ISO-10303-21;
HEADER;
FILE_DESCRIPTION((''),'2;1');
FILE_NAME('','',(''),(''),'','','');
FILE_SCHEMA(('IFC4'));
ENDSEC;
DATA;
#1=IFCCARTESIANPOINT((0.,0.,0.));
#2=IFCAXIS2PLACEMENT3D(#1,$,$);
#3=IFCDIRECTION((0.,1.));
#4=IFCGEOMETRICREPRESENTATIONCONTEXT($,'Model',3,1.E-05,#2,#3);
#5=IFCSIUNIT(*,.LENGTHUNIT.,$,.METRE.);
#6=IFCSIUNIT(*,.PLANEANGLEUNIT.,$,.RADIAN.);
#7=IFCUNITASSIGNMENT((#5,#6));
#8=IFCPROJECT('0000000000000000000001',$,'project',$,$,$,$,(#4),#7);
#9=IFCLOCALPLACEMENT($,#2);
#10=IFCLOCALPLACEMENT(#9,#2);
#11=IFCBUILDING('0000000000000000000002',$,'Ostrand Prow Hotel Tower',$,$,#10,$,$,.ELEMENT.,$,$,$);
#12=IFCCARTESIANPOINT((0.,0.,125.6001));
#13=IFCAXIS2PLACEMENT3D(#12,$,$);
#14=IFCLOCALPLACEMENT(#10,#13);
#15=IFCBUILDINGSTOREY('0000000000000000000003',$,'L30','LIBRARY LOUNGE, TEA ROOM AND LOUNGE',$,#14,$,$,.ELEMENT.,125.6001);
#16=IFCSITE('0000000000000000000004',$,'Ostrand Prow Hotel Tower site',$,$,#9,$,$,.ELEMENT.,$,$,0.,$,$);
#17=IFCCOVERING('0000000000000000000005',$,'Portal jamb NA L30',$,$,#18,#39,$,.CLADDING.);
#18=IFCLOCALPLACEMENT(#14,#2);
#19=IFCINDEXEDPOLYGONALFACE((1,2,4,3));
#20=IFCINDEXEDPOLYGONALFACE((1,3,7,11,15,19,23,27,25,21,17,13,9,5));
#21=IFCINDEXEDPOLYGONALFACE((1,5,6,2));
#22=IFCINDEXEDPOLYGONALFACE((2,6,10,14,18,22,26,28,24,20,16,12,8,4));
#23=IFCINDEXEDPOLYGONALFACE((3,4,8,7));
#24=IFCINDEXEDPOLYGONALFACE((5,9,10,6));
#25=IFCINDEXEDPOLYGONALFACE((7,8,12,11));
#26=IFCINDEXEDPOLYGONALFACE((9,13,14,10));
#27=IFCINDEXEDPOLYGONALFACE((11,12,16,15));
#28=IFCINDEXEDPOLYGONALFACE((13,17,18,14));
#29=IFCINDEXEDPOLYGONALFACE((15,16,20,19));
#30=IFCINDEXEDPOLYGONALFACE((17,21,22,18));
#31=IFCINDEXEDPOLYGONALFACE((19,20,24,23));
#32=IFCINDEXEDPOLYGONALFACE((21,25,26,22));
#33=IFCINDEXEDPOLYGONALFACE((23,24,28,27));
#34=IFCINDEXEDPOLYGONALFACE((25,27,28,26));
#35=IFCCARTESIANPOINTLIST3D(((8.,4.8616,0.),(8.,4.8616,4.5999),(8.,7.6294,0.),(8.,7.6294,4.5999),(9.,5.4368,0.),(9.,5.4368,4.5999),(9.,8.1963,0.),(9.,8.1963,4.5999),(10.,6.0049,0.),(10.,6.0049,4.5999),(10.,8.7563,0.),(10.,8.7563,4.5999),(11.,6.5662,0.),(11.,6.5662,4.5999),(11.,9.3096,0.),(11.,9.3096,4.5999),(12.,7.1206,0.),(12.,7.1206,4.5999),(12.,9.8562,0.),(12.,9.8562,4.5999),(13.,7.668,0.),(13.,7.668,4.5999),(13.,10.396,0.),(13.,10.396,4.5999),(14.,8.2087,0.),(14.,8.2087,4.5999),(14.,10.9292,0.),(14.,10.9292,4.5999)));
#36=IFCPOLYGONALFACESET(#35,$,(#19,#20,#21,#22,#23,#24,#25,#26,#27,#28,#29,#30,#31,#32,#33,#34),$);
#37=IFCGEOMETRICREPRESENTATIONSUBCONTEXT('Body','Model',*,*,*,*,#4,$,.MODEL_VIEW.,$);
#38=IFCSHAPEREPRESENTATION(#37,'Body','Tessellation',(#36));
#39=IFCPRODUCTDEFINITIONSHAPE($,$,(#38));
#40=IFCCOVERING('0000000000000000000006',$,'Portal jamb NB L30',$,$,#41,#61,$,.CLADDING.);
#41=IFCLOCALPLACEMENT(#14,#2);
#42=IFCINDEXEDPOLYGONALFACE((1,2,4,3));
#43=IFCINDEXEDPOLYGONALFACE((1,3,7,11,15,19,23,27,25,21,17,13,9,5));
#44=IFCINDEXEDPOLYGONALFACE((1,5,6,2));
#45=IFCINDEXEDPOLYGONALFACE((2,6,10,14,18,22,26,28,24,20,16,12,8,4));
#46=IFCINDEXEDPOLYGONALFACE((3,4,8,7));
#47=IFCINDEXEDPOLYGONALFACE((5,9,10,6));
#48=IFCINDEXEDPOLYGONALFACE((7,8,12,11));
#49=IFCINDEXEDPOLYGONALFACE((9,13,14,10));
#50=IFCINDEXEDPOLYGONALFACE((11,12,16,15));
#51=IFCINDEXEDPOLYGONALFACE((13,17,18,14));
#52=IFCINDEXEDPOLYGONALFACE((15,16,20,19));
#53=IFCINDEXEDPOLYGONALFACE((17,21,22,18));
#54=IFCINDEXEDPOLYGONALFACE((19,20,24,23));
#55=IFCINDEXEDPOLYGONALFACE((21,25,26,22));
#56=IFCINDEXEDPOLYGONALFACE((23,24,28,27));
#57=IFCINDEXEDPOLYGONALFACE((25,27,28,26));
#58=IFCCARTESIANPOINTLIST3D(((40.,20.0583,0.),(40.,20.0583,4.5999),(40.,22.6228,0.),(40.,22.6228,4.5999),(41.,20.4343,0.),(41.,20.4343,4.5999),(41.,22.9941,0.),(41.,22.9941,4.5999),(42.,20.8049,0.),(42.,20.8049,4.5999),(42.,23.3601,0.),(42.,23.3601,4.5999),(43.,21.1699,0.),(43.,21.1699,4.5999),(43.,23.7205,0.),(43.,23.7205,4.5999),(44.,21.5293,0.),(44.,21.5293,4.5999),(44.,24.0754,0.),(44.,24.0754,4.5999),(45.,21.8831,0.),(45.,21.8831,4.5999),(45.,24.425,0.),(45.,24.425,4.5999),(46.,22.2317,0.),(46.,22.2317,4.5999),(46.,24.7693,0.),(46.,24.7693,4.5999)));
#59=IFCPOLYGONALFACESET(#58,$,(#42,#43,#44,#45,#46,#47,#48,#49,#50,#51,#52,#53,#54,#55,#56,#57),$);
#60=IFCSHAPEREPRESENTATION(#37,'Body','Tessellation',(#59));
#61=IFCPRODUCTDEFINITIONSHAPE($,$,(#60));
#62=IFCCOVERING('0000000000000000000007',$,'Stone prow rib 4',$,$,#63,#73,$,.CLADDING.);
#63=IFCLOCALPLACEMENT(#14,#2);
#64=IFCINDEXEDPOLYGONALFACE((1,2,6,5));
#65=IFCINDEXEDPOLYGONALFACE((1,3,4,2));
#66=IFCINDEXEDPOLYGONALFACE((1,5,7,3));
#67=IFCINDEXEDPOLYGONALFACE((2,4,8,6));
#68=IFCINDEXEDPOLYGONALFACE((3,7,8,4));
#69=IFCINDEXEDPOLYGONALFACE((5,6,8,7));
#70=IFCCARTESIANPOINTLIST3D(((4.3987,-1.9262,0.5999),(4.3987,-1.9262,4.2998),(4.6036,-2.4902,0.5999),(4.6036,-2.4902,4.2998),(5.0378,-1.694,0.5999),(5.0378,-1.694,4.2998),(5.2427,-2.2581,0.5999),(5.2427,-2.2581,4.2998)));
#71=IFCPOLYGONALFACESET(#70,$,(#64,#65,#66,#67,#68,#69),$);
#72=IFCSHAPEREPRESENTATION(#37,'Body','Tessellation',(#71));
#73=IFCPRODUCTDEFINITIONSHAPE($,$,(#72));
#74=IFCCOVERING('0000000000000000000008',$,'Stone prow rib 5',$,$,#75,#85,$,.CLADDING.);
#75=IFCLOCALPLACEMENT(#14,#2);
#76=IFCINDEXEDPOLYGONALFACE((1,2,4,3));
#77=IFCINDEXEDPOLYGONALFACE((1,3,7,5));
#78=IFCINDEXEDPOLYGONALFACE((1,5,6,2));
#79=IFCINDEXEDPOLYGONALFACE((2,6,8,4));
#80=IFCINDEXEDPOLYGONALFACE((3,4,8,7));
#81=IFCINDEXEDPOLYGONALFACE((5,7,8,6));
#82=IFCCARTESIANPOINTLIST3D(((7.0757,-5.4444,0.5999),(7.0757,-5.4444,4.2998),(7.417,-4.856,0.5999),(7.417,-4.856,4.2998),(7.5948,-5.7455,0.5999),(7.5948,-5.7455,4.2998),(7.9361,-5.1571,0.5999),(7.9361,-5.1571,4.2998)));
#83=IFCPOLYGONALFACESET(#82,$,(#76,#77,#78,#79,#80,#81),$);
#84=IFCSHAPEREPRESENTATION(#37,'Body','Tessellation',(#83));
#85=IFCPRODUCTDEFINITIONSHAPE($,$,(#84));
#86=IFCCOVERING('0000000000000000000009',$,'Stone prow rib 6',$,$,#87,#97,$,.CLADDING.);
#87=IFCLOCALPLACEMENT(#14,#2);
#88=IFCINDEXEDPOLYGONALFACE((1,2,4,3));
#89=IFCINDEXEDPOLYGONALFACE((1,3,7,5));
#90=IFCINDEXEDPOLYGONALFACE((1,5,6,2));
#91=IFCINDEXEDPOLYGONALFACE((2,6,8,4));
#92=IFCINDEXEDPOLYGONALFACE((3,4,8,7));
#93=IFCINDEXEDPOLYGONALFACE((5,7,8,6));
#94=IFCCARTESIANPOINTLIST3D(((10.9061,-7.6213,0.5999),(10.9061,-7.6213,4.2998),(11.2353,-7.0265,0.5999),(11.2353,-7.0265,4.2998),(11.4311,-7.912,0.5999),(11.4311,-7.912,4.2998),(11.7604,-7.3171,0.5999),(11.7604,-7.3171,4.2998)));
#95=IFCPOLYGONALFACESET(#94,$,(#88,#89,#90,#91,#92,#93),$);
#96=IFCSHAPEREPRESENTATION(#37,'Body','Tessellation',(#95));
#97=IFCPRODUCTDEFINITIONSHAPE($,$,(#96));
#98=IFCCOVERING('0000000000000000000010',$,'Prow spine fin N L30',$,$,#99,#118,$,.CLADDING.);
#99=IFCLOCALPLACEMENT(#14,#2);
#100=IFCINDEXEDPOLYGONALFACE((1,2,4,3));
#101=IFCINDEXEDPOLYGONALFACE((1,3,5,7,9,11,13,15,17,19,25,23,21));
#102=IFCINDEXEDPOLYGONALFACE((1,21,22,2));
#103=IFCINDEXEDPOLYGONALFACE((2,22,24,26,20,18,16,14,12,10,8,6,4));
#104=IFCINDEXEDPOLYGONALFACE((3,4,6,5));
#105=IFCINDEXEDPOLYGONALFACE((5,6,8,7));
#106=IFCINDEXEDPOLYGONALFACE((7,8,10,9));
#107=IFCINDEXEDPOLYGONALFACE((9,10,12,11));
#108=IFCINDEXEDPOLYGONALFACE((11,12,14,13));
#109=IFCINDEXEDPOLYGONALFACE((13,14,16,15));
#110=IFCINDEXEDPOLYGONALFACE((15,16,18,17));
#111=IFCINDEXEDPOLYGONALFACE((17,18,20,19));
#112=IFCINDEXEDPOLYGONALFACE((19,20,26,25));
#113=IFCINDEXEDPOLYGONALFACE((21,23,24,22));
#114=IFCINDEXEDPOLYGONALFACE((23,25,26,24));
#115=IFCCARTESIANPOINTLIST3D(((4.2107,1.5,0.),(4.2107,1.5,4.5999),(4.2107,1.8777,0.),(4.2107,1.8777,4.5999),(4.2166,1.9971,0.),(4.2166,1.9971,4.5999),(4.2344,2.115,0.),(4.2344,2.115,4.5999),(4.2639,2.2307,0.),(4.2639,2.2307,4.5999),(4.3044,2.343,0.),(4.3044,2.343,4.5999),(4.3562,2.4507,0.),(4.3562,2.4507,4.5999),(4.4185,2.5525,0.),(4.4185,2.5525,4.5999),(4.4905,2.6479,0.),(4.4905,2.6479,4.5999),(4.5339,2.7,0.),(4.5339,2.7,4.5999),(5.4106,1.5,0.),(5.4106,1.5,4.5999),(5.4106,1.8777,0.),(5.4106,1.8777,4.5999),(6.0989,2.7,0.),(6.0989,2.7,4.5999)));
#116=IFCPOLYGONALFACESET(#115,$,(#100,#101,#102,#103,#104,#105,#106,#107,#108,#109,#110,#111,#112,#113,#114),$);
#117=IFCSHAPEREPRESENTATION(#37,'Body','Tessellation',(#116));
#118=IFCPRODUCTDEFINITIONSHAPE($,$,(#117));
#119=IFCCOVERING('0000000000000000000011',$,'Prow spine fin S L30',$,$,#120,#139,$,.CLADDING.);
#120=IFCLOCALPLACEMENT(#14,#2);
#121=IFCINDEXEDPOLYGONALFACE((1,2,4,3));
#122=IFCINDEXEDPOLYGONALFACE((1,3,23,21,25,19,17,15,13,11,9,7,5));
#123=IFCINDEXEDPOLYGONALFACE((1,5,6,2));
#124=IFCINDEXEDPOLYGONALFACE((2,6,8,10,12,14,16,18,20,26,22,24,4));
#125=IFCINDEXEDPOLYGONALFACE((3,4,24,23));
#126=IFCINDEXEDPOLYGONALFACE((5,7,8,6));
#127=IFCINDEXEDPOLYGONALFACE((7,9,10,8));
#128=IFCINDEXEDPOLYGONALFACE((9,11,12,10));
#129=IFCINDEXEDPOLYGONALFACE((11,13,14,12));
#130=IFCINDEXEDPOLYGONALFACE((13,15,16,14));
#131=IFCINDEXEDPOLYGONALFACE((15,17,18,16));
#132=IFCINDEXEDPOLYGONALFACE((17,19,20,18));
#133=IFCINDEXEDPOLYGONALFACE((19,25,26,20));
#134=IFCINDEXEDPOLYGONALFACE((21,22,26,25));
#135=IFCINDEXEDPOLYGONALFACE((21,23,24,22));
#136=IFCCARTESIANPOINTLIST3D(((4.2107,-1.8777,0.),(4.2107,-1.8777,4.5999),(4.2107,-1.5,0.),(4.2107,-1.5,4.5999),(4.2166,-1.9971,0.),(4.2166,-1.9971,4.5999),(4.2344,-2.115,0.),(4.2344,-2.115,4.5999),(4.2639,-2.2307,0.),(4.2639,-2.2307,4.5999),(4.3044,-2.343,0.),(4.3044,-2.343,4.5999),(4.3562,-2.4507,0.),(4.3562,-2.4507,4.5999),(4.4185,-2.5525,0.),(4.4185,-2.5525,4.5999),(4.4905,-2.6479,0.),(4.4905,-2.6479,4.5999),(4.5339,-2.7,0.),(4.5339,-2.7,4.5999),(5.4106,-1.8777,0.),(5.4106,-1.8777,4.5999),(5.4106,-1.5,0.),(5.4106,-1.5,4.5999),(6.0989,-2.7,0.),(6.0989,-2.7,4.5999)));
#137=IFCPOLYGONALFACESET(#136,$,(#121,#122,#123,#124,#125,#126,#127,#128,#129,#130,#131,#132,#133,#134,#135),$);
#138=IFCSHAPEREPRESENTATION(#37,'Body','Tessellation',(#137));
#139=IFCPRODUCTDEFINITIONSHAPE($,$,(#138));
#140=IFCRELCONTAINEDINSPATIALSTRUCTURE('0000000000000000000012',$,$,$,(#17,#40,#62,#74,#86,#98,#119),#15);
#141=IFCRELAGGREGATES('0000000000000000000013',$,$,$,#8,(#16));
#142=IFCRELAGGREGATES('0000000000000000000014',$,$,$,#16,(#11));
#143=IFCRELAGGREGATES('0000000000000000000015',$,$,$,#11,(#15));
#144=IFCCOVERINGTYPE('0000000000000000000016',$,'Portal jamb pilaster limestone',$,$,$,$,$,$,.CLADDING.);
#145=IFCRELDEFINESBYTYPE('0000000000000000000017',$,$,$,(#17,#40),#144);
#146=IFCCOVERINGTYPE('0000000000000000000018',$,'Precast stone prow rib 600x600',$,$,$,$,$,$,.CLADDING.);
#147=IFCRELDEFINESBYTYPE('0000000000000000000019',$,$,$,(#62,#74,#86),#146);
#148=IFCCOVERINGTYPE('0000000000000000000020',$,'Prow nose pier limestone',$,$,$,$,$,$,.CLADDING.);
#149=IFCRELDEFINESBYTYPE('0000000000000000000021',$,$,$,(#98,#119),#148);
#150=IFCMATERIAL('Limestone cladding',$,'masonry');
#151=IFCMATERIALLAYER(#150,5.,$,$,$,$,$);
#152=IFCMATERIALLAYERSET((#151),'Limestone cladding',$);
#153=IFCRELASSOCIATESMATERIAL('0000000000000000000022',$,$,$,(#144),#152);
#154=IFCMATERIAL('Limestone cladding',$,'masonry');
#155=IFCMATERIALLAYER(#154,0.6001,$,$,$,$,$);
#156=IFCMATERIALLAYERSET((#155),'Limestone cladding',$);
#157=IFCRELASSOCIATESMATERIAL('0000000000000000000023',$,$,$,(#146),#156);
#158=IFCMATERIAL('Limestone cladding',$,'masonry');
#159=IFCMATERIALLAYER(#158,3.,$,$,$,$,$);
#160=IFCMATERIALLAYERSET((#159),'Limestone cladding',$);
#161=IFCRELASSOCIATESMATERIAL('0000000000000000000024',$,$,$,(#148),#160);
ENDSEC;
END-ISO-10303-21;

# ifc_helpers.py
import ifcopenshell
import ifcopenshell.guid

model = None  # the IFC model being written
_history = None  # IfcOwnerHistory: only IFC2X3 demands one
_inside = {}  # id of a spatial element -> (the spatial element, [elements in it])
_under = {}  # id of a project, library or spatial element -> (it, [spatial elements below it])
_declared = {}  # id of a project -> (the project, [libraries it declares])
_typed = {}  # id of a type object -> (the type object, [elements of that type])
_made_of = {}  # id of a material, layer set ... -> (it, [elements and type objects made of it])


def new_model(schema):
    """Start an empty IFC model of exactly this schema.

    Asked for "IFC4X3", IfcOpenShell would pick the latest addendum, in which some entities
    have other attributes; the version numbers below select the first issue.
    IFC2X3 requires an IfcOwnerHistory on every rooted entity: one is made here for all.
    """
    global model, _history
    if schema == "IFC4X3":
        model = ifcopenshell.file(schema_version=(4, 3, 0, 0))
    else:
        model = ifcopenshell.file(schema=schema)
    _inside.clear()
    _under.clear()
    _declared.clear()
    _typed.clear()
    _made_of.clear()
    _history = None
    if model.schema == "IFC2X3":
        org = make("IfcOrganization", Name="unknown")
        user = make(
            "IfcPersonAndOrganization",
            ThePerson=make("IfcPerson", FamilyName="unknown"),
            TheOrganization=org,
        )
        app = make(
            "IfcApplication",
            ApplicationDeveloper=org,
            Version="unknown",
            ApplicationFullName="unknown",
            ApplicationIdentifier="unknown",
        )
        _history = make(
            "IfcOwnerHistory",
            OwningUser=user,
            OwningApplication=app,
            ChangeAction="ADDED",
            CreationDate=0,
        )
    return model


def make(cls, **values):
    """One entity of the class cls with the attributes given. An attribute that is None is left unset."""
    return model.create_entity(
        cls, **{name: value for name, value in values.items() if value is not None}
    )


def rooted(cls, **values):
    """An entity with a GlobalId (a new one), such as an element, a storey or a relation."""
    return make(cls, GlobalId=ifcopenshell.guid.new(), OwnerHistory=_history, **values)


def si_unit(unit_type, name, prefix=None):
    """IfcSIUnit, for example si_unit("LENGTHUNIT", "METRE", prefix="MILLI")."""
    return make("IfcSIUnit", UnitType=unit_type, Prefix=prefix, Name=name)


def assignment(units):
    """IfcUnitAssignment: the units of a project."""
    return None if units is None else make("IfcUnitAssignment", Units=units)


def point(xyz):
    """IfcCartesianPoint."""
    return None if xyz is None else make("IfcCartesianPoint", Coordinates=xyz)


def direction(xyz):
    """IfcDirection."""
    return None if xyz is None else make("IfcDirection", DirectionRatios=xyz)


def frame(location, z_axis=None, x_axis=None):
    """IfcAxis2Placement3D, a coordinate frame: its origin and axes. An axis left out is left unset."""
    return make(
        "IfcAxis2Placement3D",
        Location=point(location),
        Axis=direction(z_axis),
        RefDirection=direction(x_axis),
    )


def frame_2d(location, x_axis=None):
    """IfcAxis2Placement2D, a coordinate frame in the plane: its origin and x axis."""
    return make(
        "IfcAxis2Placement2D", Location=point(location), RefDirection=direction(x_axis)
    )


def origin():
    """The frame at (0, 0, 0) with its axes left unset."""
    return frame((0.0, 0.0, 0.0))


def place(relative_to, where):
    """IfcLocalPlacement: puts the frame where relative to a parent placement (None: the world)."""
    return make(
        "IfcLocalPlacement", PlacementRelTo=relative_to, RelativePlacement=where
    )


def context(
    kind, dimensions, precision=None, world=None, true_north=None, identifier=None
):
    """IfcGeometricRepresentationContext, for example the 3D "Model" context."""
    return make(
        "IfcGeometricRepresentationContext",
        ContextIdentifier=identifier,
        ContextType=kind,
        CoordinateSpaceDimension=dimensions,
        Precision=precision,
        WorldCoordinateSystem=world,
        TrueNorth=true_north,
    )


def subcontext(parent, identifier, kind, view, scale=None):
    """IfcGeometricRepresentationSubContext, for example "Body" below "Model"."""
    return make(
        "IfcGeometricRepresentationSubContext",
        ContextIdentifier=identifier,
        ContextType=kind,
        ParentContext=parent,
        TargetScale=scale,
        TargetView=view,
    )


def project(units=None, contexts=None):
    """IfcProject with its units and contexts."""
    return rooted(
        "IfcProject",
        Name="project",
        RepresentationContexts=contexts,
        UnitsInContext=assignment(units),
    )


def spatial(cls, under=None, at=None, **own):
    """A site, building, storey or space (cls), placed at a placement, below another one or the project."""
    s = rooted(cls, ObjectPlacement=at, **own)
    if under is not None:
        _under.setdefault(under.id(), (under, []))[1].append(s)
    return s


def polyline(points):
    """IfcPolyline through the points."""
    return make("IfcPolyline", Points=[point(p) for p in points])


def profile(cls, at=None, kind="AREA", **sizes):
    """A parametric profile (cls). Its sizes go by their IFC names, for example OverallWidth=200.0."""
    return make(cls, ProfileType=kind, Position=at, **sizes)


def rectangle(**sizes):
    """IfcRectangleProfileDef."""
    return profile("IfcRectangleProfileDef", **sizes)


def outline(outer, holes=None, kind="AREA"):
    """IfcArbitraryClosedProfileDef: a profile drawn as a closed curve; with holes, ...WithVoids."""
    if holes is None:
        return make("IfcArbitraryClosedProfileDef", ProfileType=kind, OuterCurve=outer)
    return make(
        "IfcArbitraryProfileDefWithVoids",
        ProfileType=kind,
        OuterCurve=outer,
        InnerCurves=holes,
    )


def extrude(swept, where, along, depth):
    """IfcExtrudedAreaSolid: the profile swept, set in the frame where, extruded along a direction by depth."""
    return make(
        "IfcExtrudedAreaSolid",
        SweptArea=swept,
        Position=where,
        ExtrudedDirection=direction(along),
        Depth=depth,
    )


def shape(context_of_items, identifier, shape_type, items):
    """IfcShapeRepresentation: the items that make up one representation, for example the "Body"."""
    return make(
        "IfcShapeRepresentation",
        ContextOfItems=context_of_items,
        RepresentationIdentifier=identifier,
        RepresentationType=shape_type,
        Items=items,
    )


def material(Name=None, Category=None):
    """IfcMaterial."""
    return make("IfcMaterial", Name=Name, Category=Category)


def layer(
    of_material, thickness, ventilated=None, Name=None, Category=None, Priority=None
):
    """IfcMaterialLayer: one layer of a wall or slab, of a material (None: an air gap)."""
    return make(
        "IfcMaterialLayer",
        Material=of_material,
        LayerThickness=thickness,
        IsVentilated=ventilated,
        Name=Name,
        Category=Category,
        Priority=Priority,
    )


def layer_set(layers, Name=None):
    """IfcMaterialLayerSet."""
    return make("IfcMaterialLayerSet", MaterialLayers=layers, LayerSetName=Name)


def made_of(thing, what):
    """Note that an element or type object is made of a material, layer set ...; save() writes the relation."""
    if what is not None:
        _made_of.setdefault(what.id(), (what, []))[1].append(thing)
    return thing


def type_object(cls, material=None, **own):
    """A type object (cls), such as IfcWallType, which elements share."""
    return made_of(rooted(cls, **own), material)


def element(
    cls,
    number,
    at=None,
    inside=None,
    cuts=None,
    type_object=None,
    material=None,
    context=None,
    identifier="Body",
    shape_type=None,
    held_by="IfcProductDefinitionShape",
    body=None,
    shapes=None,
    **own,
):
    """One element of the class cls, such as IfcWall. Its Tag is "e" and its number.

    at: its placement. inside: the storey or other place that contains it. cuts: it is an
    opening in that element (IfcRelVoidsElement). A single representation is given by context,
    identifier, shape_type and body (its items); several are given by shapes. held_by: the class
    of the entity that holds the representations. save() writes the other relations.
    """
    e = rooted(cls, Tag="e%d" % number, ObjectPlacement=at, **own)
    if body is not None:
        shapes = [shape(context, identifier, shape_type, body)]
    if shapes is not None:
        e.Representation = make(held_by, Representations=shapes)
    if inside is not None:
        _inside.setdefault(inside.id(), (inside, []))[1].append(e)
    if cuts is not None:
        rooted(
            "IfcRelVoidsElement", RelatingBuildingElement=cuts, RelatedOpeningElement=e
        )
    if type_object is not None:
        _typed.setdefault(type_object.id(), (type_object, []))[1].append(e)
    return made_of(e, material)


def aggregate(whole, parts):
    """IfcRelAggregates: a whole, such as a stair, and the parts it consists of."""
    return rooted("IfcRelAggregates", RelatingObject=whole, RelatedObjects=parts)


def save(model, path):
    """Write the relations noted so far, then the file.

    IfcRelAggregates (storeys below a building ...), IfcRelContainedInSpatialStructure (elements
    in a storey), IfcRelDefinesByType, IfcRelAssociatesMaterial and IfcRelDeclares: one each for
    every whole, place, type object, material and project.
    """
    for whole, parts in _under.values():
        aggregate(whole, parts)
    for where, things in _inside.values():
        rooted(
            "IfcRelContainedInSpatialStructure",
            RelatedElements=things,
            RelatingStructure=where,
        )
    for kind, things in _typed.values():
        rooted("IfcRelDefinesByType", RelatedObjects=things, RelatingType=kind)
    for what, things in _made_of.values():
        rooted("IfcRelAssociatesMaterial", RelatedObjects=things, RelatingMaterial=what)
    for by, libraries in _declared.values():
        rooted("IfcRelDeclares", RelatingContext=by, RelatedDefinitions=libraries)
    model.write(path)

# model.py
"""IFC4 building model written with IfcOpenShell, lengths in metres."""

from ifc_helpers import new_model, si_unit, direction, frame, frame_2d, origin, place, context, subcontext, project, spatial, polyline, rectangle, outline, extrude, material, layer, layer_set, type_object, element, save


model = new_model("IFC4")

# Units and contexts
model_context = context("Model", 3, precision=1e-05, world=origin(), true_north=direction((0.0, 1.0)))
body_context = subcontext(model_context, "Body", "Model", "MODEL_VIEW")
ifc_project = project(units=[si_unit("LENGTHUNIT", "METRE"), si_unit("PLANEANGLEUNIT", "RADIAN")], contexts=[model_context])

# Site, building, storey
site_placement = place(None, origin())
site = spatial("IfcSite", under=ifc_project, at=site_placement, Name="Ostrand Prow Hotel Tower site", CompositionType="ELEMENT", RefElevation=0.0)
building_placement = place(site_placement, origin())
building = spatial("IfcBuilding", under=site, at=building_placement, Name="Ostrand Prow Hotel Tower", CompositionType="ELEMENT")
storey_placement = place(building_placement, frame((0.0, 0.0, 125.6001)))
storey = spatial("IfcBuildingStorey", under=building, at=storey_placement, Name="L30", Description="LIBRARY LOUNGE, TEA ROOM AND LOUNGE", CompositionType="ELEMENT", Elevation=125.6001)

# Coverings
ifc_material_1 = material(Name="Limestone cladding", Category="masonry")
ifc_layer_1 = layer(ifc_material_1, 5.0)
ifc_layer_set_1 = layer_set([ifc_layer_1], Name="Limestone cladding")
covering_type_1 = type_object("IfcCoveringType", Name="Portal jamb pilaster limestone", PredefinedType="CLADDING", material=ifc_layer_set_1)
covering_1_placement = place(storey_placement, origin())
element("IfcCovering", 1, at=covering_1_placement, inside=storey, type_object=covering_type_1, Name="Portal jamb NA L30", PredefinedType="CLADDING", context=body_context, shape_type="SweptSolid", body=[
    extrude(outline(polyline([(8.0, 4.8616), (9.0, 5.4368), (10.0, 6.0049), (11.0, 6.5662), (12.0, 7.1206), (13.0, 7.668), (14.0, 8.2087), (14.0, 10.9292), (13.0, 10.396), (12.0, 9.8562), (11.0, 9.3096), (10.0, 8.7563), (9.0, 8.1963), (8.0, 7.6294), (8.0, 4.8616)])), origin(), (0.0, 0.0, 1.0), 4.5999),
])
covering_2_placement = place(storey_placement, origin())
element("IfcCovering", 2, at=covering_2_placement, inside=storey, type_object=covering_type_1, Name="Portal jamb NB L30", PredefinedType="CLADDING", context=body_context, shape_type="SweptSolid", body=[
    extrude(outline(polyline([(40.0, 20.0583), (41.0, 20.4343), (42.0, 20.8049), (43.0, 21.1699), (44.0, 21.5293), (45.0, 21.8831), (46.0, 22.2317), (46.0, 24.7693), (45.0, 24.425), (44.0, 24.0754), (43.0, 23.7205), (42.0, 23.3601), (41.0, 22.9941), (40.0, 22.6228), (40.0, 20.0583)])), origin(), (0.0, 0.0, 1.0), 4.5999),
])
ifc_material_2 = material(Name="Limestone cladding", Category="masonry")
ifc_layer_2 = layer(ifc_material_2, 0.6001)
ifc_layer_set_2 = layer_set([ifc_layer_2], Name="Limestone cladding")
covering_type_2 = type_object("IfcCoveringType", Name="Precast stone prow rib 600x600", PredefinedType="CLADDING", material=ifc_layer_set_2)
covering_3_placement = place(storey_placement, frame((5.1401, -1.9761, 0.5999), z_axis=(0.0, 0.0, 1.0), x_axis=(-0.939909, -0.341426, 0.0)))
element("IfcCovering", 3, at=covering_3_placement, inside=storey, type_object=covering_type_2, Name="Stone prow rib 4", PredefinedType="CLADDING", context=body_context, shape_type="SweptSolid", body=[
    extrude(rectangle(XDim=0.6799, YDim=0.6001, at=frame_2d((0.3398, 0.0))), origin(), (0.0, 0.0, 1.0), 3.7),
])
covering_4_placement = place(storey_placement, frame((7.6765, -5.0066, 0.5999), z_axis=(0.0, 0.0, 1.0), x_axis=(-0.501772, -0.865, 0.0)))
element("IfcCovering", 4, at=covering_4_placement, inside=storey, type_object=covering_type_2, Name="Stone prow rib 5", PredefinedType="CLADDING", context=body_context, shape_type="SweptSolid", body=[
    extrude(rectangle(XDim=0.6802, YDim=0.6001, at=frame_2d((0.3401, 0.0))), origin(), (0.0, 0.0, 1.0), 3.7),
])
covering_5_placement = place(storey_placement, frame((11.4978, -7.1719, 0.5999), z_axis=(0.0, 0.0, 1.0), x_axis=(-0.484301, -0.874901, 0.0)))
element("IfcCovering", 5, at=covering_5_placement, inside=storey, type_object=covering_type_2, Name="Stone prow rib 6", PredefinedType="CLADDING", context=body_context, shape_type="SweptSolid", body=[
    extrude(rectangle(XDim=0.6799, YDim=0.6001, at=frame_2d((0.3398, 0.0))), origin(), (0.0, 0.0, 1.0), 3.7),
])
ifc_material_3 = material(Name="Limestone cladding", Category="masonry")
ifc_layer_3 = layer(ifc_material_3, 3.0)
ifc_layer_set_3 = layer_set([ifc_layer_3], Name="Limestone cladding")
covering_type_3 = type_object("IfcCoveringType", Name="Prow nose pier limestone", PredefinedType="CLADDING", material=ifc_layer_set_3)
covering_6_placement = place(storey_placement, origin())
element("IfcCovering", 6, at=covering_6_placement, inside=storey, type_object=covering_type_3, Name="Prow spine fin N L30", PredefinedType="CLADDING", context=body_context, shape_type="SweptSolid", body=[
    extrude(outline(polyline([(4.2107, 1.8777), (4.2107, 1.5), (5.4106, 1.5), (5.4106, 1.8777), (6.0989, 2.7), (4.5339, 2.7), (4.4905, 2.6479), (4.4185, 2.5525), (4.3562, 2.4507), (4.3044, 2.343), (4.2639, 2.2307), (4.2344, 2.115), (4.2166, 1.9971), (4.2107, 1.8777)])), origin(), (0.0, 0.0, 1.0), 4.5999),
])
covering_7_placement = place(storey_placement, origin())
element("IfcCovering", 7, at=covering_7_placement, inside=storey, type_object=covering_type_3, Name="Prow spine fin S L30", PredefinedType="CLADDING", context=body_context, shape_type="SweptSolid", body=[
    extrude(outline(polyline([(4.4905, -2.6479), (4.5339, -2.7), (6.0989, -2.7), (5.4106, -1.8777), (5.4106, -1.5), (4.2107, -1.5), (4.2107, -1.8777), (4.2166, -1.9971), (4.2344, -2.115), (4.2639, -2.2307), (4.3044, -2.343), (4.3562, -2.4507), (4.4185, -2.5525), (4.4905, -2.6479)])), origin(), (0.0, 0.0, 1.0), 4.5999),
])

save(model, "model.ifc")
